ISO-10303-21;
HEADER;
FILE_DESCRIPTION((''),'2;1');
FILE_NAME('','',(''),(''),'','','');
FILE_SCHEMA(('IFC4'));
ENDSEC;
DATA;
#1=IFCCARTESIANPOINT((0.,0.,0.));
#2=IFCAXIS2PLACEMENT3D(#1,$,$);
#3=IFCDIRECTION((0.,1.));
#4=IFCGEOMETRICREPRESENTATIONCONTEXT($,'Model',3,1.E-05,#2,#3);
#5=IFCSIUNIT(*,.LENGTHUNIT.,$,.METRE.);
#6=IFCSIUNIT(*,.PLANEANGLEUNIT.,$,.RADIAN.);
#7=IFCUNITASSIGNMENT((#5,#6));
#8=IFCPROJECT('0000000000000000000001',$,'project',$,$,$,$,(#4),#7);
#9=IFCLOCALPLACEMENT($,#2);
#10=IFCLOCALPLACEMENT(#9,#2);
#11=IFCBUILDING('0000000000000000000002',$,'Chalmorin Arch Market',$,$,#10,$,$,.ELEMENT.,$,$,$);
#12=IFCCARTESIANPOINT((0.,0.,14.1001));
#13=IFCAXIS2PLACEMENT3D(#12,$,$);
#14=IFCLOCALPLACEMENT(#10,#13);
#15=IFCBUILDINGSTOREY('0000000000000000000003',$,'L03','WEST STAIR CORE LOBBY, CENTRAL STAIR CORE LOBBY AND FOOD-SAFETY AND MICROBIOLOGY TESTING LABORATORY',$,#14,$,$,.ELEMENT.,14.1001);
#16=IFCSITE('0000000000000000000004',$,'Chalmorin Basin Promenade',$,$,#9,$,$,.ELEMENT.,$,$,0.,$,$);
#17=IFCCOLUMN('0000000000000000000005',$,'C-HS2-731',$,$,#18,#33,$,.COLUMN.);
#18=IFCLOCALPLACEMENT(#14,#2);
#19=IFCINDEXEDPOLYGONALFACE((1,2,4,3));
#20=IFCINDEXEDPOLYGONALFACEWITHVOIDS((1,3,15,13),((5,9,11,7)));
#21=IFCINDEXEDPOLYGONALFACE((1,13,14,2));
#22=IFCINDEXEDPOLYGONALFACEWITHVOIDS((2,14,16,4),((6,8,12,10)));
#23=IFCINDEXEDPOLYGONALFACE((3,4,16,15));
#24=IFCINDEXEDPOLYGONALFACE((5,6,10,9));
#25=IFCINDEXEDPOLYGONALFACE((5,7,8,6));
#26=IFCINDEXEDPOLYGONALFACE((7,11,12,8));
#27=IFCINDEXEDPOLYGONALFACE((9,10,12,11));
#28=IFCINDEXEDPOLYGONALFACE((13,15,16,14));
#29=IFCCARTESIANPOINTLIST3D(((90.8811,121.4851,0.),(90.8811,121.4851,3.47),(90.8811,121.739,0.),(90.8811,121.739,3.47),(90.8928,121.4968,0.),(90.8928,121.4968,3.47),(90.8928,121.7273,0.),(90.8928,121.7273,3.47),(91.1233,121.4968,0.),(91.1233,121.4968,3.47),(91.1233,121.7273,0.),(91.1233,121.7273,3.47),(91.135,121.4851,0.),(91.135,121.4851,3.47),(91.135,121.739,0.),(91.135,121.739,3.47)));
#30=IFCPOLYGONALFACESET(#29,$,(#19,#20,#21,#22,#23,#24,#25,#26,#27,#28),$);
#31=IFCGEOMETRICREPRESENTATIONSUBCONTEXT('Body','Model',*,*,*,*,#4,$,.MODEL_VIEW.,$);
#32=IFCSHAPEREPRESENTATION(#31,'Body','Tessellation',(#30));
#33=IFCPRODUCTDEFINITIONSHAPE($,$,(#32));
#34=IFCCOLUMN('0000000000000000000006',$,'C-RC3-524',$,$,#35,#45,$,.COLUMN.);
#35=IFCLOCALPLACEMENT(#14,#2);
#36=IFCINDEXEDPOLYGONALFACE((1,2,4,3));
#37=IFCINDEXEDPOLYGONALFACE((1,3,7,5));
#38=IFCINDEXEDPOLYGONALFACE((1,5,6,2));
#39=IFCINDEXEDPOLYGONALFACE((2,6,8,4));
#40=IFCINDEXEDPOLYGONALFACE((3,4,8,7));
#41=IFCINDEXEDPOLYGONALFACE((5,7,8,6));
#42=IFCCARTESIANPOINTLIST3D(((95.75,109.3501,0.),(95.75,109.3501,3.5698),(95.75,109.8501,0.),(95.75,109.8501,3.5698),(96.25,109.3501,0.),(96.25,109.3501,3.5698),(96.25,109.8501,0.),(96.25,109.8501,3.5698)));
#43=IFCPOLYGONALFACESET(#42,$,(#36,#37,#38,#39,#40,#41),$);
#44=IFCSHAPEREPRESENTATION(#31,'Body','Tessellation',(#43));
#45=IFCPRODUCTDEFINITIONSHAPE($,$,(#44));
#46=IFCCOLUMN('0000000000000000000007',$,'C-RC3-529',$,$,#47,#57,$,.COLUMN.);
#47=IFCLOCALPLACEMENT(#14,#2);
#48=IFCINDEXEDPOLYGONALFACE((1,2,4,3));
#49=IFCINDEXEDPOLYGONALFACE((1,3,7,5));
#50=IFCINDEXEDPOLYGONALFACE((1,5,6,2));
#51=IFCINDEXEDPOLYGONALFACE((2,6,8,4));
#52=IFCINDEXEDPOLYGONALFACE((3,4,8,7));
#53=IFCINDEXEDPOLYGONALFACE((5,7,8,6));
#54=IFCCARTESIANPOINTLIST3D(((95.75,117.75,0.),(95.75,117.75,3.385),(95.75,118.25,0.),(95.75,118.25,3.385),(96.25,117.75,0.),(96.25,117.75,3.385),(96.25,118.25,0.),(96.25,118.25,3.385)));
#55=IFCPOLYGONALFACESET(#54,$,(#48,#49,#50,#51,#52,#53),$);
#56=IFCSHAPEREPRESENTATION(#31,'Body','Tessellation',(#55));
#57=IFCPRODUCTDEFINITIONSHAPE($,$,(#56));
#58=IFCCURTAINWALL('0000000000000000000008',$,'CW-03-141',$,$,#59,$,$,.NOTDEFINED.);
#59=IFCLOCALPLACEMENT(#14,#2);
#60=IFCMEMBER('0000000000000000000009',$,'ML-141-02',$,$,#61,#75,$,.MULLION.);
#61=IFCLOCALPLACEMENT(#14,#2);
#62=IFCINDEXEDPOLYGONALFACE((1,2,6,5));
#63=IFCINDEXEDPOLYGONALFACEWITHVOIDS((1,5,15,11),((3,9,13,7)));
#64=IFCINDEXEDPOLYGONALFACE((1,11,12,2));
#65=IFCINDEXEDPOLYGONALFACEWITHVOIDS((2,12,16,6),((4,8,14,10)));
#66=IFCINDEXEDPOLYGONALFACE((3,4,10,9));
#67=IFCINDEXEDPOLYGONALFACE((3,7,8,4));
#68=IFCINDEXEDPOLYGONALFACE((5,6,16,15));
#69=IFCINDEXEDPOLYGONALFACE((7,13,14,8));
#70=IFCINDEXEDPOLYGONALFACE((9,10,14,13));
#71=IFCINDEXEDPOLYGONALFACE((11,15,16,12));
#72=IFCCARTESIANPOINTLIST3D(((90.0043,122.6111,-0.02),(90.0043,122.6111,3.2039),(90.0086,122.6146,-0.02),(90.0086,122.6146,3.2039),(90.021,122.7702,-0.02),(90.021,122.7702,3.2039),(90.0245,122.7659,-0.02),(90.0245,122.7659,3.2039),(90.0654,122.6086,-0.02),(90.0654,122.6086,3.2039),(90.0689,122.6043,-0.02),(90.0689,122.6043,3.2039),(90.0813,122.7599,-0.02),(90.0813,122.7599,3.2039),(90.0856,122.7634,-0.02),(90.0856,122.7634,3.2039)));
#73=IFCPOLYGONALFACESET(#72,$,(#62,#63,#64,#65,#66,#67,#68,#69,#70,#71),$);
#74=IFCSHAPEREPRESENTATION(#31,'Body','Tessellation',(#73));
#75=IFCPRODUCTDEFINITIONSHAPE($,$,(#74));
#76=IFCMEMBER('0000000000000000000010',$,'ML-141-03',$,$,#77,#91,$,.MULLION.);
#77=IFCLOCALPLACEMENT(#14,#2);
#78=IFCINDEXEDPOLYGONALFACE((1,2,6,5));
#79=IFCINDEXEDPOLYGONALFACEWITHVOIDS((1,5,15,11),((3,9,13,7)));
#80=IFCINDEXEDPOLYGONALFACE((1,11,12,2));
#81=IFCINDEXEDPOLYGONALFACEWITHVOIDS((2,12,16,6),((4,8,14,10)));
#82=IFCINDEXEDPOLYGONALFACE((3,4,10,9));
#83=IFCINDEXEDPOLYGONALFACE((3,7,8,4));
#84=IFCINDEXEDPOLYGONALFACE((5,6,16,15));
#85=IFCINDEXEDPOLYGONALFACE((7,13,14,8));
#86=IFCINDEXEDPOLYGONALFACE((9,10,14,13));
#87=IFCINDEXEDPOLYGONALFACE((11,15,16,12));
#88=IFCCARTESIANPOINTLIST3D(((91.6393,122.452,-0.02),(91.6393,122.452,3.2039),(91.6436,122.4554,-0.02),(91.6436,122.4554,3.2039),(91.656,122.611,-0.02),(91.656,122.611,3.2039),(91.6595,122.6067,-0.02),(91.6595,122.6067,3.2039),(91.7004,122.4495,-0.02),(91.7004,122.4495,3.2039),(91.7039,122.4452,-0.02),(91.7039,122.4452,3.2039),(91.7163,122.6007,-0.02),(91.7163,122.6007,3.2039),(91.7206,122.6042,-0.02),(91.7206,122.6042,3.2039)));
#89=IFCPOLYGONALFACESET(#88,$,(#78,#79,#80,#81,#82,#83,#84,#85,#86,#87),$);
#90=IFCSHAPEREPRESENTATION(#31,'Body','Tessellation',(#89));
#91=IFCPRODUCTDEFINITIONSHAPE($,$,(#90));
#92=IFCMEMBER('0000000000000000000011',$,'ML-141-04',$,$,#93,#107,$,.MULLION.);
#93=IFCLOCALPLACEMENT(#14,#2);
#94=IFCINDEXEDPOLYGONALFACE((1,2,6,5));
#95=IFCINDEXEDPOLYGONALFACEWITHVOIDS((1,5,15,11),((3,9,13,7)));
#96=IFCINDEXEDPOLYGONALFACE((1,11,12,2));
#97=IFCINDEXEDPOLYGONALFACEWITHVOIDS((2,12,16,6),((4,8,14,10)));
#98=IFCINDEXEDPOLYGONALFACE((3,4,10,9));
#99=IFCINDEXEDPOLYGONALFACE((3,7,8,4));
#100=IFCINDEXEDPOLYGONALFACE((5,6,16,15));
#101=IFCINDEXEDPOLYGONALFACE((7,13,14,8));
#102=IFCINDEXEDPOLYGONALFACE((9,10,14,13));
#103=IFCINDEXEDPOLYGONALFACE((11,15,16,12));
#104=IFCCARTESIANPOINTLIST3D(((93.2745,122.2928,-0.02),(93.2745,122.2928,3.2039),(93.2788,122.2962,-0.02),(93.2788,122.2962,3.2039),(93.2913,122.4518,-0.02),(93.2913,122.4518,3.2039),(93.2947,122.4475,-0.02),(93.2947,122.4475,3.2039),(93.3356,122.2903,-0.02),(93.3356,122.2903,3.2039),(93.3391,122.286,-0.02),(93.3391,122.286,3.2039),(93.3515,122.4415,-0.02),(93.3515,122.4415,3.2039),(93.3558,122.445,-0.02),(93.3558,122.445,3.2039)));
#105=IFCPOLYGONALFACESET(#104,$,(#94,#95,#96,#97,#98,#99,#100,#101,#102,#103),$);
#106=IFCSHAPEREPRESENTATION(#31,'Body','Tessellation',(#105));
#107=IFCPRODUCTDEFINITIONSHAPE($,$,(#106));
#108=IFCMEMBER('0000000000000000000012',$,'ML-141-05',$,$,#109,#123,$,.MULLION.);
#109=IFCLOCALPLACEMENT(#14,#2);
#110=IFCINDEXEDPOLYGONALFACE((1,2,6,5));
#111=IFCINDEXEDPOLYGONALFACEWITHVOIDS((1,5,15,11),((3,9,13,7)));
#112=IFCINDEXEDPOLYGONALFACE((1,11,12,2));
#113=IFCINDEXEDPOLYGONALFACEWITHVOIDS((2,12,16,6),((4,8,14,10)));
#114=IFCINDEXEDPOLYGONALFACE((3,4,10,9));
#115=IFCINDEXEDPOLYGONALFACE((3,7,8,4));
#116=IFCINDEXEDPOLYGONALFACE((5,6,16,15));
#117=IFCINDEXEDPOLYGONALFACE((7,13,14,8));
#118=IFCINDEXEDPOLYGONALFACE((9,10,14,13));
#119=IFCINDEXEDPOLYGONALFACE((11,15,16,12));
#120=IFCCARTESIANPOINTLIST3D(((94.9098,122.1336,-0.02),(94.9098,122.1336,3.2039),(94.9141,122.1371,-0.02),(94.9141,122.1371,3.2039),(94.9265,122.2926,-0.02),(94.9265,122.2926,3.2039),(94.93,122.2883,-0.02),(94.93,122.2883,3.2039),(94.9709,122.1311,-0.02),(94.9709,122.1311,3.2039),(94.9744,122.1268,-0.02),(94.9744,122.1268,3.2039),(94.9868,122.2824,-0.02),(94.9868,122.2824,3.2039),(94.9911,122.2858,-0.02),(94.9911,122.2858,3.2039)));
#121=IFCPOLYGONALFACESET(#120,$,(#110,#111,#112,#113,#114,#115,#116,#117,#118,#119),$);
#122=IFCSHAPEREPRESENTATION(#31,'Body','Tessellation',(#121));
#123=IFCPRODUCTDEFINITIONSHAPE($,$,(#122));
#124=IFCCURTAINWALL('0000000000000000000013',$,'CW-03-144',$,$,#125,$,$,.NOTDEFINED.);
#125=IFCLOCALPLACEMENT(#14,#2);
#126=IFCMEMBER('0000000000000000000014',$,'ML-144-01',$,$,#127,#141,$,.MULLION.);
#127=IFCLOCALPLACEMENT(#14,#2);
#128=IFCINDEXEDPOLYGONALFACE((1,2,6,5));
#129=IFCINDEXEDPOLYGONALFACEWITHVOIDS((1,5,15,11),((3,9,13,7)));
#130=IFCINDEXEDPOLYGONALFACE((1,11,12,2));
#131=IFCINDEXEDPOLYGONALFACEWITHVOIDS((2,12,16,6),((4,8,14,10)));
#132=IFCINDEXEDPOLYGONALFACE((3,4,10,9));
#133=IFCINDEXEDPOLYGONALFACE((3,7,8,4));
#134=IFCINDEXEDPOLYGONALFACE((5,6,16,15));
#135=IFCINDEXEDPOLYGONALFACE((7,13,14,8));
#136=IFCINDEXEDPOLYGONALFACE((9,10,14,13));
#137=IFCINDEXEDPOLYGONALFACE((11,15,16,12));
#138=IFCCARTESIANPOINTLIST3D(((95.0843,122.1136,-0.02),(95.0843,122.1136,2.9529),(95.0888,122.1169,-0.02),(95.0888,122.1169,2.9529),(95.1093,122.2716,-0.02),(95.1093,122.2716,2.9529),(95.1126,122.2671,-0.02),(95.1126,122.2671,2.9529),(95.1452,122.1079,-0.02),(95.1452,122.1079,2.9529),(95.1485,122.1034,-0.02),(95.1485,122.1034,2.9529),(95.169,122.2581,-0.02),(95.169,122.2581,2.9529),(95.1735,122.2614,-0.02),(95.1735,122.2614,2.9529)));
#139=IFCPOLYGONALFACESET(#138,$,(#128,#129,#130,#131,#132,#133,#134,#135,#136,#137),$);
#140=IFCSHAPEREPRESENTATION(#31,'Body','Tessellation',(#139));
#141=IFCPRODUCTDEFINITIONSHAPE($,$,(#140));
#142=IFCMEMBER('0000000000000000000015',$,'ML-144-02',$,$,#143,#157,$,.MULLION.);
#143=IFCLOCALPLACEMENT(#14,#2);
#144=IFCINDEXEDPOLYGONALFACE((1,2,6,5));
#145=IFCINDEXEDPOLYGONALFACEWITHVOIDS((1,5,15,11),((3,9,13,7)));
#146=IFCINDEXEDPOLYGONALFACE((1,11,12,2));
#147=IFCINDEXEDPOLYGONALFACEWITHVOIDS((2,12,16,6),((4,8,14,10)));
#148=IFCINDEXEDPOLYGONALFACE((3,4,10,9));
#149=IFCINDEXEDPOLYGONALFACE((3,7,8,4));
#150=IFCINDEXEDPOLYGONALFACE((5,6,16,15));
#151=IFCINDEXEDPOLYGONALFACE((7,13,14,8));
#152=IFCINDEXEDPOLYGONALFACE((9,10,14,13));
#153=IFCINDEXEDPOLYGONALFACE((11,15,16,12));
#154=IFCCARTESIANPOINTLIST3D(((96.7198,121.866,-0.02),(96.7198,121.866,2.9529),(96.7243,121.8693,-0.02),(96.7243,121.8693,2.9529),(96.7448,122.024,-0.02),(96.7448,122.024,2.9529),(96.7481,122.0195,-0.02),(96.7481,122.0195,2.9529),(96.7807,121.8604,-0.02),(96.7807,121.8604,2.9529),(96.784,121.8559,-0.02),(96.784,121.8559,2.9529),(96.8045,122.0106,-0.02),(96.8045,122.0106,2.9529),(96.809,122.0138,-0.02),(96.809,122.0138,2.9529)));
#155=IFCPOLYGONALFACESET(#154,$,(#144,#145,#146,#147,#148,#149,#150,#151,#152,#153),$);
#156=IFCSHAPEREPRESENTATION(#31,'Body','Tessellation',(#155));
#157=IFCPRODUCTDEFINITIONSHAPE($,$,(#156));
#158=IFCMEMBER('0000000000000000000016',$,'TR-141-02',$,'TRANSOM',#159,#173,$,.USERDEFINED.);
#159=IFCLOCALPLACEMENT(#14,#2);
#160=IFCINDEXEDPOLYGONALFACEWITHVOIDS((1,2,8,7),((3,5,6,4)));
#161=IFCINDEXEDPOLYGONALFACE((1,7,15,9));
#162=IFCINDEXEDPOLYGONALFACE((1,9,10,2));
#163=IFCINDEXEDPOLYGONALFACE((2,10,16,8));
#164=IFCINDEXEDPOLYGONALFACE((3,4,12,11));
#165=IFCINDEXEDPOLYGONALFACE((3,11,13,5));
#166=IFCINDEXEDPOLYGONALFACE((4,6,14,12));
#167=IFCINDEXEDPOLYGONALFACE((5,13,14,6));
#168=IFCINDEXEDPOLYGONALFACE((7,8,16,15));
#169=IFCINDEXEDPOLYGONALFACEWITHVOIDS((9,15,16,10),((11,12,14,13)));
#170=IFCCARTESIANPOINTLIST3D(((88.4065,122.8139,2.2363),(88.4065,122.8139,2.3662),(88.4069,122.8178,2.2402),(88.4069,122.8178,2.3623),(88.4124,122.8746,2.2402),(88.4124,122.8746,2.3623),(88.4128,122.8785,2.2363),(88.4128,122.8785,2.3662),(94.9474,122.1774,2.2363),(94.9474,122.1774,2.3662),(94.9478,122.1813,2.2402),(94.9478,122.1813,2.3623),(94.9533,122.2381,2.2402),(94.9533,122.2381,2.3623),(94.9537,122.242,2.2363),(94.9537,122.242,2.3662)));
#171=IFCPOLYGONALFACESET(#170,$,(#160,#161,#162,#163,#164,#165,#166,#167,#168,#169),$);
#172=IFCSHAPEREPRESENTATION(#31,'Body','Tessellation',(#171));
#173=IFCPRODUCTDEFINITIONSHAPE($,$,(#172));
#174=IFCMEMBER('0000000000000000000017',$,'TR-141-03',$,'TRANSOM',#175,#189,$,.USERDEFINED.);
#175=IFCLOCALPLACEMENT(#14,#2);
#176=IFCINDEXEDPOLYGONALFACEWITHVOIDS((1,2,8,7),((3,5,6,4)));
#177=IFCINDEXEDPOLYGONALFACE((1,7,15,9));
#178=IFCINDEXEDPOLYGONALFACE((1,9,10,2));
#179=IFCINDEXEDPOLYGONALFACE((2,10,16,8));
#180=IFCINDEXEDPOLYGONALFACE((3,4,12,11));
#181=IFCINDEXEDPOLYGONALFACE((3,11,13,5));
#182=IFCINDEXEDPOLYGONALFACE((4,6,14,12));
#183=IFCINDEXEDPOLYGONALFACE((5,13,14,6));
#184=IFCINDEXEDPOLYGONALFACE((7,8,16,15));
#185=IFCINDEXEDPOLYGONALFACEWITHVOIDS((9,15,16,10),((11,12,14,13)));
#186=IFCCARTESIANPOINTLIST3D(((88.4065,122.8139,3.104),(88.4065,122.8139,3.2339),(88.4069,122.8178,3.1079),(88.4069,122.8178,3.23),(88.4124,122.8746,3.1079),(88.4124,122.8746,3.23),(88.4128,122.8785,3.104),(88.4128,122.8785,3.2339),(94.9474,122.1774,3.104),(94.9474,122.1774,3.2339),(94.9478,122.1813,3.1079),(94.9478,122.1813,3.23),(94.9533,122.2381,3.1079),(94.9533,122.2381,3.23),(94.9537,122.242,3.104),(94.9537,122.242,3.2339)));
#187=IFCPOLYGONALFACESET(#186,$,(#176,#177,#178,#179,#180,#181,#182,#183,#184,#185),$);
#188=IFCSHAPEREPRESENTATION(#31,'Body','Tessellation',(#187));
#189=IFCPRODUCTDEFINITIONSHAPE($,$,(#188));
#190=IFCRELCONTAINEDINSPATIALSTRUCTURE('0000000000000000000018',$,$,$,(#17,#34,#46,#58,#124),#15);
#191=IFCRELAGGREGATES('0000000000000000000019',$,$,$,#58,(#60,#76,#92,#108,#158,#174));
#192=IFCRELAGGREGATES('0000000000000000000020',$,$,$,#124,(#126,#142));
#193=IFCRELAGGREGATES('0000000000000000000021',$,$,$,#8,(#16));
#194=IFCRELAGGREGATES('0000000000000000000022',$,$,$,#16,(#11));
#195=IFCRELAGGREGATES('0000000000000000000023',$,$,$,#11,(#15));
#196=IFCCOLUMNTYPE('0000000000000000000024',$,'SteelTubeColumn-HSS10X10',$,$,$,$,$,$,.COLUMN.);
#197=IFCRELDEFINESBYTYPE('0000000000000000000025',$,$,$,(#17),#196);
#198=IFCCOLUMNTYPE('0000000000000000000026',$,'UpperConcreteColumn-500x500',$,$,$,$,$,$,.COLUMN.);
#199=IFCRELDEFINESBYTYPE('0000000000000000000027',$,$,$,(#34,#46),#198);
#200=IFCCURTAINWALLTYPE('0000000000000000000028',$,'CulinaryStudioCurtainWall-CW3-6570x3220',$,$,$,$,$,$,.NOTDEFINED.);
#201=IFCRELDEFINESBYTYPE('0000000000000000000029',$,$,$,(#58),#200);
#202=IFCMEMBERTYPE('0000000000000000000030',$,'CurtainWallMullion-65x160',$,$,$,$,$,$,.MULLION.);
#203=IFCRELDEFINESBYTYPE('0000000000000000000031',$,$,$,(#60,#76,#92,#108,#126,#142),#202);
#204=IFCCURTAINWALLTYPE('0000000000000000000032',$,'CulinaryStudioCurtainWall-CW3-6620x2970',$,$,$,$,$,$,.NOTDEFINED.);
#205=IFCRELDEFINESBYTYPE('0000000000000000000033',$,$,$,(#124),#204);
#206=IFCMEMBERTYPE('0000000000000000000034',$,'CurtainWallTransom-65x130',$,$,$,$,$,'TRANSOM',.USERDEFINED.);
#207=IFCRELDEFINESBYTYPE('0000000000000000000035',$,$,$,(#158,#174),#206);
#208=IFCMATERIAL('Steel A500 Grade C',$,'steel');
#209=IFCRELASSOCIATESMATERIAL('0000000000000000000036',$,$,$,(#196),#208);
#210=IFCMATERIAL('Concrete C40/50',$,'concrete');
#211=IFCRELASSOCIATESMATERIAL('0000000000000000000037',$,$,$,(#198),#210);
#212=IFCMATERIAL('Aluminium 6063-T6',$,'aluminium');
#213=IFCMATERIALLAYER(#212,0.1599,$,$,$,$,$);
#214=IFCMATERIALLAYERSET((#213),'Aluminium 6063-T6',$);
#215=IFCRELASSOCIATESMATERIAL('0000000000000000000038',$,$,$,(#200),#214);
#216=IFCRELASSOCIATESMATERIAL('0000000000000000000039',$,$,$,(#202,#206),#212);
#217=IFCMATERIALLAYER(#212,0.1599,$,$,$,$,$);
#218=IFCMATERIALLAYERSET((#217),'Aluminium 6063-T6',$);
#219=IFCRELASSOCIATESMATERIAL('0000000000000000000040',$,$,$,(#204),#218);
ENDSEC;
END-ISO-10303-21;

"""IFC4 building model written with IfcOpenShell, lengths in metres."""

from ifc_helpers import new_model, si_unit, direction, frame, origin, origin_2d, place, context, subcontext, project, spatial, rectangle, hollow_rectangle, extrude, material, layer, layer_set, material_profile, profile_set, type_object, element, aggregate, save


model = new_model("IFC4")

# Units and contexts
model_context = context("Model", 3, precision=1e-05, world=origin(), true_north=direction((0.0, 1.0)))
body_context = subcontext(model_context, "Body", "Model", "MODEL_VIEW")
ifc_project = project(units=[si_unit("LENGTHUNIT", "METRE"), si_unit("PLANEANGLEUNIT", "RADIAN")], contexts=[model_context])

# Site, building, storey
site_placement = place(None, origin())
site = spatial("IfcSite", under=ifc_project, at=site_placement, Name="Chalmorin Basin Promenade", CompositionType="ELEMENT", RefElevation=0.0)
building_placement = place(site_placement, origin())
building = spatial("IfcBuilding", under=site, at=building_placement, Name="Chalmorin Arch Market", CompositionType="ELEMENT")
storey_placement = place(building_placement, frame((0.0, 0.0, 14.1001)))
storey = spatial("IfcBuildingStorey", under=building, at=storey_placement, Name="L03", Description="WEST STAIR CORE LOBBY, CENTRAL STAIR CORE LOBBY AND FOOD-SAFETY AND MICROBIOLOGY TESTING LABORATORY", CompositionType="ELEMENT", Elevation=14.1001)

# Columns
ifc_material_1 = material(Name="Steel A500 Grade C", Category="steel")
ifc_material_profile_1 = material_profile(ifc_material_1, hollow_rectangle(XDim=0.2539, YDim=0.2539, WallThickness=0.0117, at=origin_2d()), Name="HSS10X10X1/2")
ifc_profile_set_1 = profile_set([ifc_material_profile_1], Name="Steel A500 Grade C")
column_type_1 = type_object("IfcColumnType", Name="SteelTubeColumn-HSS10X10", PredefinedType="COLUMN", material=ifc_profile_set_1)
column_1_placement = place(storey_placement, frame((91.0081, 121.6121, 0.0), z_axis=(0.0, 0.0, 1.0), x_axis=(1.0, 0.0, 0.0)))
element("IfcColumn", 1, at=column_1_placement, inside=storey, type_object=column_type_1, Name="C-HS2-731", PredefinedType="COLUMN", context=body_context, shape_type="SweptSolid", body=[
    extrude(hollow_rectangle(XDim=0.2539, YDim=0.2539, WallThickness=0.0117, at=origin_2d()), origin(), (0.0, 0.0, 1.0), 3.47),
])
ifc_material_2 = material(Name="Concrete C40/50", Category="concrete")
ifc_material_profile_2 = material_profile(ifc_material_2, rectangle(XDim=0.5, YDim=0.5, at=origin_2d()), Name="RC500X500")
ifc_profile_set_2 = profile_set([ifc_material_profile_2], Name="Concrete C40/50")
column_type_2 = type_object("IfcColumnType", Name="UpperConcreteColumn-500x500", PredefinedType="COLUMN", material=ifc_profile_set_2)
column_2_placement = place(storey_placement, frame((96.0, 109.6001, 0.0), z_axis=(0.0, 0.0, 1.0), x_axis=(1.0, 0.0, 0.0)))
element("IfcColumn", 2, at=column_2_placement, inside=storey, type_object=column_type_2, Name="C-RC3-524", PredefinedType="COLUMN", context=body_context, shape_type="SweptSolid", body=[
    extrude(rectangle(XDim=0.5, YDim=0.5, at=origin_2d()), origin(), (0.0, 0.0, 1.0), 3.5698),
])
column_3_placement = place(storey_placement, frame((96.0, 118.0, 0.0), z_axis=(0.0, 0.0, 1.0), x_axis=(1.0, 0.0, 0.0)))
element("IfcColumn", 3, at=column_3_placement, inside=storey, type_object=column_type_2, Name="C-RC3-529", PredefinedType="COLUMN", context=body_context, shape_type="SweptSolid", body=[
    extrude(rectangle(XDim=0.5, YDim=0.5, at=origin_2d()), origin(), (0.0, 0.0, 1.0), 3.385),
])

# Curtain walls, members
ifc_material_3 = material(Name="Aluminium 6063-T6", Category="aluminium")
ifc_layer_1 = layer(ifc_material_3, 0.1599)
ifc_layer_set_1 = layer_set([ifc_layer_1], Name="Aluminium 6063-T6")
curtain_wall_type_1 = type_object("IfcCurtainWallType", Name="CulinaryStudioCurtainWall-CW3-6570x3220", PredefinedType="NOTDEFINED", material=ifc_layer_set_1)
curtain_wall_1_placement = place(storey_placement, origin())
curtain_wall_1 = element("IfcCurtainWall", 4, at=curtain_wall_1_placement, inside=storey, type_object=curtain_wall_type_1, Name="CW-03-141", PredefinedType="NOTDEFINED")
ifc_material_profile_3 = material_profile(ifc_material_3, hollow_rectangle(XDim=0.0649, YDim=0.1599, WallThickness=0.0039, at=origin_2d()), Name="ALU65X160X4")
ifc_profile_set_3 = profile_set([ifc_material_profile_3], Name="Aluminium 6063-T6")
member_type_1 = type_object("IfcMemberType", Name="CurtainWallMullion-65x160", PredefinedType="MULLION", material=ifc_profile_set_3)
member_1_placement = place(storey_placement, frame((90.0449, 122.6873, -0.02), z_axis=(0.0, 0.0, 1.0), x_axis=(0.994522, -0.104528, 0.0)))
member_1 = element("IfcMember", 5, at=member_1_placement, type_object=member_type_1, Name="ML-141-02", PredefinedType="MULLION", context=body_context, shape_type="SweptSolid", body=[
    extrude(hollow_rectangle(XDim=0.0649, YDim=0.1599, WallThickness=0.0039, at=origin_2d()), origin(), (0.0, 0.0, 1.0), 3.2239),
])
member_2_placement = place(storey_placement, frame((91.6799, 122.5281, -0.02), z_axis=(0.0, 0.0, 1.0), x_axis=(0.994522, -0.104528, 0.0)))
member_2 = element("IfcMember", 6, at=member_2_placement, type_object=member_type_1, Name="ML-141-03", PredefinedType="MULLION", context=body_context, shape_type="SweptSolid", body=[
    extrude(hollow_rectangle(XDim=0.0649, YDim=0.1599, WallThickness=0.0039, at=origin_2d()), origin(), (0.0, 0.0, 1.0), 3.2239),
])
member_3_placement = place(storey_placement, frame((93.3152, 122.3689, -0.02), z_axis=(0.0, 0.0, 1.0), x_axis=(0.994522, -0.104528, 0.0)))
member_3 = element("IfcMember", 7, at=member_3_placement, type_object=member_type_1, Name="ML-141-04", PredefinedType="MULLION", context=body_context, shape_type="SweptSolid", body=[
    extrude(hollow_rectangle(XDim=0.0649, YDim=0.1599, WallThickness=0.0039, at=origin_2d()), origin(), (0.0, 0.0, 1.0), 3.2239),
])
member_4_placement = place(storey_placement, frame((94.9504, 122.2097, -0.02), z_axis=(0.0, 0.0, 1.0), x_axis=(0.994522, -0.104528, 0.0)))
member_4 = element("IfcMember", 8, at=member_4_placement, type_object=member_type_1, Name="ML-141-05", PredefinedType="MULLION", context=body_context, shape_type="SweptSolid", body=[
    extrude(hollow_rectangle(XDim=0.0649, YDim=0.1599, WallThickness=0.0039, at=origin_2d()), origin(), (0.0, 0.0, 1.0), 3.2239),
])
ifc_layer_2 = layer(ifc_material_3, 0.1599)
ifc_layer_set_2 = layer_set([ifc_layer_2], Name="Aluminium 6063-T6")
curtain_wall_type_2 = type_object("IfcCurtainWallType", Name="CulinaryStudioCurtainWall-CW3-6620x2970", PredefinedType="NOTDEFINED", material=ifc_layer_set_2)
curtain_wall_2_placement = place(storey_placement, origin())
curtain_wall_2 = element("IfcCurtainWall", 9, at=curtain_wall_2_placement, inside=storey, type_object=curtain_wall_type_2, Name="CW-03-144", PredefinedType="NOTDEFINED")
member_5_placement = place(storey_placement, frame((95.1289, 122.1875, -0.02), z_axis=(0.0, 0.0, 1.0), x_axis=(0.987688, -0.156434, 0.0)))
member_5 = element("IfcMember", 10, at=member_5_placement, type_object=member_type_1, Name="ML-144-01", PredefinedType="MULLION", context=body_context, shape_type="SweptSolid", body=[
    extrude(hollow_rectangle(XDim=0.0649, YDim=0.1599, WallThickness=0.0039, at=origin_2d()), origin(), (0.0, 0.0, 1.0), 2.9729),
])
member_6_placement = place(storey_placement, frame((96.7644, 121.9399, -0.02), z_axis=(0.0, 0.0, 1.0), x_axis=(0.987688, -0.156434, 0.0)))
member_6 = element("IfcMember", 11, at=member_6_placement, type_object=member_type_1, Name="ML-144-02", PredefinedType="MULLION", context=body_context, shape_type="SweptSolid", body=[
    extrude(hollow_rectangle(XDim=0.0649, YDim=0.1599, WallThickness=0.0039, at=origin_2d()), origin(), (0.0, 0.0, 1.0), 2.9729),
])

# Members
ifc_material_profile_4 = material_profile(ifc_material_3, hollow_rectangle(XDim=0.0649, YDim=0.1299, WallThickness=0.0039, at=origin_2d()), Name="ALU65X130X4")
ifc_profile_set_4 = profile_set([ifc_material_profile_4], Name="Aluminium 6063-T6")
member_type_2 = type_object("IfcMemberType", Name="CurtainWallTransom-65x130", ElementType="TRANSOM", PredefinedType="USERDEFINED", material=ifc_profile_set_4)
member_7_placement = place(storey_placement, frame((88.4097, 122.8462, 2.3013), z_axis=(0.995299, -0.096851, 0.0), x_axis=(0.096851, 0.995299, 0.0)))
member_7 = element("IfcMember", 12, at=member_7_placement, type_object=member_type_2, Name="TR-141-02", ObjectType="TRANSOM", PredefinedType="USERDEFINED", context=body_context, shape_type="SweptSolid", body=[
    extrude(hollow_rectangle(XDim=0.0649, YDim=0.1299, WallThickness=0.0039, at=origin_2d()), origin(), (0.0, 0.0, 1.0), 6.5718),
])
member_8_placement = place(storey_placement, frame((88.4097, 122.8462, 3.1689), z_axis=(0.995299, -0.096851, 0.0), x_axis=(0.096851, 0.995299, 0.0)))
member_8 = element("IfcMember", 13, at=member_8_placement, type_object=member_type_2, Name="TR-141-03", ObjectType="TRANSOM", PredefinedType="USERDEFINED", context=body_context, shape_type="SweptSolid", body=[
    extrude(hollow_rectangle(XDim=0.0649, YDim=0.1299, WallThickness=0.0039, at=origin_2d()), origin(), (0.0, 0.0, 1.0), 6.5718),
])

aggregate(curtain_wall_1, [member_1, member_2, member_3, member_4, member_7, member_8])
aggregate(curtain_wall_2, [member_5, member_6])

save(model, "model.ifc")
